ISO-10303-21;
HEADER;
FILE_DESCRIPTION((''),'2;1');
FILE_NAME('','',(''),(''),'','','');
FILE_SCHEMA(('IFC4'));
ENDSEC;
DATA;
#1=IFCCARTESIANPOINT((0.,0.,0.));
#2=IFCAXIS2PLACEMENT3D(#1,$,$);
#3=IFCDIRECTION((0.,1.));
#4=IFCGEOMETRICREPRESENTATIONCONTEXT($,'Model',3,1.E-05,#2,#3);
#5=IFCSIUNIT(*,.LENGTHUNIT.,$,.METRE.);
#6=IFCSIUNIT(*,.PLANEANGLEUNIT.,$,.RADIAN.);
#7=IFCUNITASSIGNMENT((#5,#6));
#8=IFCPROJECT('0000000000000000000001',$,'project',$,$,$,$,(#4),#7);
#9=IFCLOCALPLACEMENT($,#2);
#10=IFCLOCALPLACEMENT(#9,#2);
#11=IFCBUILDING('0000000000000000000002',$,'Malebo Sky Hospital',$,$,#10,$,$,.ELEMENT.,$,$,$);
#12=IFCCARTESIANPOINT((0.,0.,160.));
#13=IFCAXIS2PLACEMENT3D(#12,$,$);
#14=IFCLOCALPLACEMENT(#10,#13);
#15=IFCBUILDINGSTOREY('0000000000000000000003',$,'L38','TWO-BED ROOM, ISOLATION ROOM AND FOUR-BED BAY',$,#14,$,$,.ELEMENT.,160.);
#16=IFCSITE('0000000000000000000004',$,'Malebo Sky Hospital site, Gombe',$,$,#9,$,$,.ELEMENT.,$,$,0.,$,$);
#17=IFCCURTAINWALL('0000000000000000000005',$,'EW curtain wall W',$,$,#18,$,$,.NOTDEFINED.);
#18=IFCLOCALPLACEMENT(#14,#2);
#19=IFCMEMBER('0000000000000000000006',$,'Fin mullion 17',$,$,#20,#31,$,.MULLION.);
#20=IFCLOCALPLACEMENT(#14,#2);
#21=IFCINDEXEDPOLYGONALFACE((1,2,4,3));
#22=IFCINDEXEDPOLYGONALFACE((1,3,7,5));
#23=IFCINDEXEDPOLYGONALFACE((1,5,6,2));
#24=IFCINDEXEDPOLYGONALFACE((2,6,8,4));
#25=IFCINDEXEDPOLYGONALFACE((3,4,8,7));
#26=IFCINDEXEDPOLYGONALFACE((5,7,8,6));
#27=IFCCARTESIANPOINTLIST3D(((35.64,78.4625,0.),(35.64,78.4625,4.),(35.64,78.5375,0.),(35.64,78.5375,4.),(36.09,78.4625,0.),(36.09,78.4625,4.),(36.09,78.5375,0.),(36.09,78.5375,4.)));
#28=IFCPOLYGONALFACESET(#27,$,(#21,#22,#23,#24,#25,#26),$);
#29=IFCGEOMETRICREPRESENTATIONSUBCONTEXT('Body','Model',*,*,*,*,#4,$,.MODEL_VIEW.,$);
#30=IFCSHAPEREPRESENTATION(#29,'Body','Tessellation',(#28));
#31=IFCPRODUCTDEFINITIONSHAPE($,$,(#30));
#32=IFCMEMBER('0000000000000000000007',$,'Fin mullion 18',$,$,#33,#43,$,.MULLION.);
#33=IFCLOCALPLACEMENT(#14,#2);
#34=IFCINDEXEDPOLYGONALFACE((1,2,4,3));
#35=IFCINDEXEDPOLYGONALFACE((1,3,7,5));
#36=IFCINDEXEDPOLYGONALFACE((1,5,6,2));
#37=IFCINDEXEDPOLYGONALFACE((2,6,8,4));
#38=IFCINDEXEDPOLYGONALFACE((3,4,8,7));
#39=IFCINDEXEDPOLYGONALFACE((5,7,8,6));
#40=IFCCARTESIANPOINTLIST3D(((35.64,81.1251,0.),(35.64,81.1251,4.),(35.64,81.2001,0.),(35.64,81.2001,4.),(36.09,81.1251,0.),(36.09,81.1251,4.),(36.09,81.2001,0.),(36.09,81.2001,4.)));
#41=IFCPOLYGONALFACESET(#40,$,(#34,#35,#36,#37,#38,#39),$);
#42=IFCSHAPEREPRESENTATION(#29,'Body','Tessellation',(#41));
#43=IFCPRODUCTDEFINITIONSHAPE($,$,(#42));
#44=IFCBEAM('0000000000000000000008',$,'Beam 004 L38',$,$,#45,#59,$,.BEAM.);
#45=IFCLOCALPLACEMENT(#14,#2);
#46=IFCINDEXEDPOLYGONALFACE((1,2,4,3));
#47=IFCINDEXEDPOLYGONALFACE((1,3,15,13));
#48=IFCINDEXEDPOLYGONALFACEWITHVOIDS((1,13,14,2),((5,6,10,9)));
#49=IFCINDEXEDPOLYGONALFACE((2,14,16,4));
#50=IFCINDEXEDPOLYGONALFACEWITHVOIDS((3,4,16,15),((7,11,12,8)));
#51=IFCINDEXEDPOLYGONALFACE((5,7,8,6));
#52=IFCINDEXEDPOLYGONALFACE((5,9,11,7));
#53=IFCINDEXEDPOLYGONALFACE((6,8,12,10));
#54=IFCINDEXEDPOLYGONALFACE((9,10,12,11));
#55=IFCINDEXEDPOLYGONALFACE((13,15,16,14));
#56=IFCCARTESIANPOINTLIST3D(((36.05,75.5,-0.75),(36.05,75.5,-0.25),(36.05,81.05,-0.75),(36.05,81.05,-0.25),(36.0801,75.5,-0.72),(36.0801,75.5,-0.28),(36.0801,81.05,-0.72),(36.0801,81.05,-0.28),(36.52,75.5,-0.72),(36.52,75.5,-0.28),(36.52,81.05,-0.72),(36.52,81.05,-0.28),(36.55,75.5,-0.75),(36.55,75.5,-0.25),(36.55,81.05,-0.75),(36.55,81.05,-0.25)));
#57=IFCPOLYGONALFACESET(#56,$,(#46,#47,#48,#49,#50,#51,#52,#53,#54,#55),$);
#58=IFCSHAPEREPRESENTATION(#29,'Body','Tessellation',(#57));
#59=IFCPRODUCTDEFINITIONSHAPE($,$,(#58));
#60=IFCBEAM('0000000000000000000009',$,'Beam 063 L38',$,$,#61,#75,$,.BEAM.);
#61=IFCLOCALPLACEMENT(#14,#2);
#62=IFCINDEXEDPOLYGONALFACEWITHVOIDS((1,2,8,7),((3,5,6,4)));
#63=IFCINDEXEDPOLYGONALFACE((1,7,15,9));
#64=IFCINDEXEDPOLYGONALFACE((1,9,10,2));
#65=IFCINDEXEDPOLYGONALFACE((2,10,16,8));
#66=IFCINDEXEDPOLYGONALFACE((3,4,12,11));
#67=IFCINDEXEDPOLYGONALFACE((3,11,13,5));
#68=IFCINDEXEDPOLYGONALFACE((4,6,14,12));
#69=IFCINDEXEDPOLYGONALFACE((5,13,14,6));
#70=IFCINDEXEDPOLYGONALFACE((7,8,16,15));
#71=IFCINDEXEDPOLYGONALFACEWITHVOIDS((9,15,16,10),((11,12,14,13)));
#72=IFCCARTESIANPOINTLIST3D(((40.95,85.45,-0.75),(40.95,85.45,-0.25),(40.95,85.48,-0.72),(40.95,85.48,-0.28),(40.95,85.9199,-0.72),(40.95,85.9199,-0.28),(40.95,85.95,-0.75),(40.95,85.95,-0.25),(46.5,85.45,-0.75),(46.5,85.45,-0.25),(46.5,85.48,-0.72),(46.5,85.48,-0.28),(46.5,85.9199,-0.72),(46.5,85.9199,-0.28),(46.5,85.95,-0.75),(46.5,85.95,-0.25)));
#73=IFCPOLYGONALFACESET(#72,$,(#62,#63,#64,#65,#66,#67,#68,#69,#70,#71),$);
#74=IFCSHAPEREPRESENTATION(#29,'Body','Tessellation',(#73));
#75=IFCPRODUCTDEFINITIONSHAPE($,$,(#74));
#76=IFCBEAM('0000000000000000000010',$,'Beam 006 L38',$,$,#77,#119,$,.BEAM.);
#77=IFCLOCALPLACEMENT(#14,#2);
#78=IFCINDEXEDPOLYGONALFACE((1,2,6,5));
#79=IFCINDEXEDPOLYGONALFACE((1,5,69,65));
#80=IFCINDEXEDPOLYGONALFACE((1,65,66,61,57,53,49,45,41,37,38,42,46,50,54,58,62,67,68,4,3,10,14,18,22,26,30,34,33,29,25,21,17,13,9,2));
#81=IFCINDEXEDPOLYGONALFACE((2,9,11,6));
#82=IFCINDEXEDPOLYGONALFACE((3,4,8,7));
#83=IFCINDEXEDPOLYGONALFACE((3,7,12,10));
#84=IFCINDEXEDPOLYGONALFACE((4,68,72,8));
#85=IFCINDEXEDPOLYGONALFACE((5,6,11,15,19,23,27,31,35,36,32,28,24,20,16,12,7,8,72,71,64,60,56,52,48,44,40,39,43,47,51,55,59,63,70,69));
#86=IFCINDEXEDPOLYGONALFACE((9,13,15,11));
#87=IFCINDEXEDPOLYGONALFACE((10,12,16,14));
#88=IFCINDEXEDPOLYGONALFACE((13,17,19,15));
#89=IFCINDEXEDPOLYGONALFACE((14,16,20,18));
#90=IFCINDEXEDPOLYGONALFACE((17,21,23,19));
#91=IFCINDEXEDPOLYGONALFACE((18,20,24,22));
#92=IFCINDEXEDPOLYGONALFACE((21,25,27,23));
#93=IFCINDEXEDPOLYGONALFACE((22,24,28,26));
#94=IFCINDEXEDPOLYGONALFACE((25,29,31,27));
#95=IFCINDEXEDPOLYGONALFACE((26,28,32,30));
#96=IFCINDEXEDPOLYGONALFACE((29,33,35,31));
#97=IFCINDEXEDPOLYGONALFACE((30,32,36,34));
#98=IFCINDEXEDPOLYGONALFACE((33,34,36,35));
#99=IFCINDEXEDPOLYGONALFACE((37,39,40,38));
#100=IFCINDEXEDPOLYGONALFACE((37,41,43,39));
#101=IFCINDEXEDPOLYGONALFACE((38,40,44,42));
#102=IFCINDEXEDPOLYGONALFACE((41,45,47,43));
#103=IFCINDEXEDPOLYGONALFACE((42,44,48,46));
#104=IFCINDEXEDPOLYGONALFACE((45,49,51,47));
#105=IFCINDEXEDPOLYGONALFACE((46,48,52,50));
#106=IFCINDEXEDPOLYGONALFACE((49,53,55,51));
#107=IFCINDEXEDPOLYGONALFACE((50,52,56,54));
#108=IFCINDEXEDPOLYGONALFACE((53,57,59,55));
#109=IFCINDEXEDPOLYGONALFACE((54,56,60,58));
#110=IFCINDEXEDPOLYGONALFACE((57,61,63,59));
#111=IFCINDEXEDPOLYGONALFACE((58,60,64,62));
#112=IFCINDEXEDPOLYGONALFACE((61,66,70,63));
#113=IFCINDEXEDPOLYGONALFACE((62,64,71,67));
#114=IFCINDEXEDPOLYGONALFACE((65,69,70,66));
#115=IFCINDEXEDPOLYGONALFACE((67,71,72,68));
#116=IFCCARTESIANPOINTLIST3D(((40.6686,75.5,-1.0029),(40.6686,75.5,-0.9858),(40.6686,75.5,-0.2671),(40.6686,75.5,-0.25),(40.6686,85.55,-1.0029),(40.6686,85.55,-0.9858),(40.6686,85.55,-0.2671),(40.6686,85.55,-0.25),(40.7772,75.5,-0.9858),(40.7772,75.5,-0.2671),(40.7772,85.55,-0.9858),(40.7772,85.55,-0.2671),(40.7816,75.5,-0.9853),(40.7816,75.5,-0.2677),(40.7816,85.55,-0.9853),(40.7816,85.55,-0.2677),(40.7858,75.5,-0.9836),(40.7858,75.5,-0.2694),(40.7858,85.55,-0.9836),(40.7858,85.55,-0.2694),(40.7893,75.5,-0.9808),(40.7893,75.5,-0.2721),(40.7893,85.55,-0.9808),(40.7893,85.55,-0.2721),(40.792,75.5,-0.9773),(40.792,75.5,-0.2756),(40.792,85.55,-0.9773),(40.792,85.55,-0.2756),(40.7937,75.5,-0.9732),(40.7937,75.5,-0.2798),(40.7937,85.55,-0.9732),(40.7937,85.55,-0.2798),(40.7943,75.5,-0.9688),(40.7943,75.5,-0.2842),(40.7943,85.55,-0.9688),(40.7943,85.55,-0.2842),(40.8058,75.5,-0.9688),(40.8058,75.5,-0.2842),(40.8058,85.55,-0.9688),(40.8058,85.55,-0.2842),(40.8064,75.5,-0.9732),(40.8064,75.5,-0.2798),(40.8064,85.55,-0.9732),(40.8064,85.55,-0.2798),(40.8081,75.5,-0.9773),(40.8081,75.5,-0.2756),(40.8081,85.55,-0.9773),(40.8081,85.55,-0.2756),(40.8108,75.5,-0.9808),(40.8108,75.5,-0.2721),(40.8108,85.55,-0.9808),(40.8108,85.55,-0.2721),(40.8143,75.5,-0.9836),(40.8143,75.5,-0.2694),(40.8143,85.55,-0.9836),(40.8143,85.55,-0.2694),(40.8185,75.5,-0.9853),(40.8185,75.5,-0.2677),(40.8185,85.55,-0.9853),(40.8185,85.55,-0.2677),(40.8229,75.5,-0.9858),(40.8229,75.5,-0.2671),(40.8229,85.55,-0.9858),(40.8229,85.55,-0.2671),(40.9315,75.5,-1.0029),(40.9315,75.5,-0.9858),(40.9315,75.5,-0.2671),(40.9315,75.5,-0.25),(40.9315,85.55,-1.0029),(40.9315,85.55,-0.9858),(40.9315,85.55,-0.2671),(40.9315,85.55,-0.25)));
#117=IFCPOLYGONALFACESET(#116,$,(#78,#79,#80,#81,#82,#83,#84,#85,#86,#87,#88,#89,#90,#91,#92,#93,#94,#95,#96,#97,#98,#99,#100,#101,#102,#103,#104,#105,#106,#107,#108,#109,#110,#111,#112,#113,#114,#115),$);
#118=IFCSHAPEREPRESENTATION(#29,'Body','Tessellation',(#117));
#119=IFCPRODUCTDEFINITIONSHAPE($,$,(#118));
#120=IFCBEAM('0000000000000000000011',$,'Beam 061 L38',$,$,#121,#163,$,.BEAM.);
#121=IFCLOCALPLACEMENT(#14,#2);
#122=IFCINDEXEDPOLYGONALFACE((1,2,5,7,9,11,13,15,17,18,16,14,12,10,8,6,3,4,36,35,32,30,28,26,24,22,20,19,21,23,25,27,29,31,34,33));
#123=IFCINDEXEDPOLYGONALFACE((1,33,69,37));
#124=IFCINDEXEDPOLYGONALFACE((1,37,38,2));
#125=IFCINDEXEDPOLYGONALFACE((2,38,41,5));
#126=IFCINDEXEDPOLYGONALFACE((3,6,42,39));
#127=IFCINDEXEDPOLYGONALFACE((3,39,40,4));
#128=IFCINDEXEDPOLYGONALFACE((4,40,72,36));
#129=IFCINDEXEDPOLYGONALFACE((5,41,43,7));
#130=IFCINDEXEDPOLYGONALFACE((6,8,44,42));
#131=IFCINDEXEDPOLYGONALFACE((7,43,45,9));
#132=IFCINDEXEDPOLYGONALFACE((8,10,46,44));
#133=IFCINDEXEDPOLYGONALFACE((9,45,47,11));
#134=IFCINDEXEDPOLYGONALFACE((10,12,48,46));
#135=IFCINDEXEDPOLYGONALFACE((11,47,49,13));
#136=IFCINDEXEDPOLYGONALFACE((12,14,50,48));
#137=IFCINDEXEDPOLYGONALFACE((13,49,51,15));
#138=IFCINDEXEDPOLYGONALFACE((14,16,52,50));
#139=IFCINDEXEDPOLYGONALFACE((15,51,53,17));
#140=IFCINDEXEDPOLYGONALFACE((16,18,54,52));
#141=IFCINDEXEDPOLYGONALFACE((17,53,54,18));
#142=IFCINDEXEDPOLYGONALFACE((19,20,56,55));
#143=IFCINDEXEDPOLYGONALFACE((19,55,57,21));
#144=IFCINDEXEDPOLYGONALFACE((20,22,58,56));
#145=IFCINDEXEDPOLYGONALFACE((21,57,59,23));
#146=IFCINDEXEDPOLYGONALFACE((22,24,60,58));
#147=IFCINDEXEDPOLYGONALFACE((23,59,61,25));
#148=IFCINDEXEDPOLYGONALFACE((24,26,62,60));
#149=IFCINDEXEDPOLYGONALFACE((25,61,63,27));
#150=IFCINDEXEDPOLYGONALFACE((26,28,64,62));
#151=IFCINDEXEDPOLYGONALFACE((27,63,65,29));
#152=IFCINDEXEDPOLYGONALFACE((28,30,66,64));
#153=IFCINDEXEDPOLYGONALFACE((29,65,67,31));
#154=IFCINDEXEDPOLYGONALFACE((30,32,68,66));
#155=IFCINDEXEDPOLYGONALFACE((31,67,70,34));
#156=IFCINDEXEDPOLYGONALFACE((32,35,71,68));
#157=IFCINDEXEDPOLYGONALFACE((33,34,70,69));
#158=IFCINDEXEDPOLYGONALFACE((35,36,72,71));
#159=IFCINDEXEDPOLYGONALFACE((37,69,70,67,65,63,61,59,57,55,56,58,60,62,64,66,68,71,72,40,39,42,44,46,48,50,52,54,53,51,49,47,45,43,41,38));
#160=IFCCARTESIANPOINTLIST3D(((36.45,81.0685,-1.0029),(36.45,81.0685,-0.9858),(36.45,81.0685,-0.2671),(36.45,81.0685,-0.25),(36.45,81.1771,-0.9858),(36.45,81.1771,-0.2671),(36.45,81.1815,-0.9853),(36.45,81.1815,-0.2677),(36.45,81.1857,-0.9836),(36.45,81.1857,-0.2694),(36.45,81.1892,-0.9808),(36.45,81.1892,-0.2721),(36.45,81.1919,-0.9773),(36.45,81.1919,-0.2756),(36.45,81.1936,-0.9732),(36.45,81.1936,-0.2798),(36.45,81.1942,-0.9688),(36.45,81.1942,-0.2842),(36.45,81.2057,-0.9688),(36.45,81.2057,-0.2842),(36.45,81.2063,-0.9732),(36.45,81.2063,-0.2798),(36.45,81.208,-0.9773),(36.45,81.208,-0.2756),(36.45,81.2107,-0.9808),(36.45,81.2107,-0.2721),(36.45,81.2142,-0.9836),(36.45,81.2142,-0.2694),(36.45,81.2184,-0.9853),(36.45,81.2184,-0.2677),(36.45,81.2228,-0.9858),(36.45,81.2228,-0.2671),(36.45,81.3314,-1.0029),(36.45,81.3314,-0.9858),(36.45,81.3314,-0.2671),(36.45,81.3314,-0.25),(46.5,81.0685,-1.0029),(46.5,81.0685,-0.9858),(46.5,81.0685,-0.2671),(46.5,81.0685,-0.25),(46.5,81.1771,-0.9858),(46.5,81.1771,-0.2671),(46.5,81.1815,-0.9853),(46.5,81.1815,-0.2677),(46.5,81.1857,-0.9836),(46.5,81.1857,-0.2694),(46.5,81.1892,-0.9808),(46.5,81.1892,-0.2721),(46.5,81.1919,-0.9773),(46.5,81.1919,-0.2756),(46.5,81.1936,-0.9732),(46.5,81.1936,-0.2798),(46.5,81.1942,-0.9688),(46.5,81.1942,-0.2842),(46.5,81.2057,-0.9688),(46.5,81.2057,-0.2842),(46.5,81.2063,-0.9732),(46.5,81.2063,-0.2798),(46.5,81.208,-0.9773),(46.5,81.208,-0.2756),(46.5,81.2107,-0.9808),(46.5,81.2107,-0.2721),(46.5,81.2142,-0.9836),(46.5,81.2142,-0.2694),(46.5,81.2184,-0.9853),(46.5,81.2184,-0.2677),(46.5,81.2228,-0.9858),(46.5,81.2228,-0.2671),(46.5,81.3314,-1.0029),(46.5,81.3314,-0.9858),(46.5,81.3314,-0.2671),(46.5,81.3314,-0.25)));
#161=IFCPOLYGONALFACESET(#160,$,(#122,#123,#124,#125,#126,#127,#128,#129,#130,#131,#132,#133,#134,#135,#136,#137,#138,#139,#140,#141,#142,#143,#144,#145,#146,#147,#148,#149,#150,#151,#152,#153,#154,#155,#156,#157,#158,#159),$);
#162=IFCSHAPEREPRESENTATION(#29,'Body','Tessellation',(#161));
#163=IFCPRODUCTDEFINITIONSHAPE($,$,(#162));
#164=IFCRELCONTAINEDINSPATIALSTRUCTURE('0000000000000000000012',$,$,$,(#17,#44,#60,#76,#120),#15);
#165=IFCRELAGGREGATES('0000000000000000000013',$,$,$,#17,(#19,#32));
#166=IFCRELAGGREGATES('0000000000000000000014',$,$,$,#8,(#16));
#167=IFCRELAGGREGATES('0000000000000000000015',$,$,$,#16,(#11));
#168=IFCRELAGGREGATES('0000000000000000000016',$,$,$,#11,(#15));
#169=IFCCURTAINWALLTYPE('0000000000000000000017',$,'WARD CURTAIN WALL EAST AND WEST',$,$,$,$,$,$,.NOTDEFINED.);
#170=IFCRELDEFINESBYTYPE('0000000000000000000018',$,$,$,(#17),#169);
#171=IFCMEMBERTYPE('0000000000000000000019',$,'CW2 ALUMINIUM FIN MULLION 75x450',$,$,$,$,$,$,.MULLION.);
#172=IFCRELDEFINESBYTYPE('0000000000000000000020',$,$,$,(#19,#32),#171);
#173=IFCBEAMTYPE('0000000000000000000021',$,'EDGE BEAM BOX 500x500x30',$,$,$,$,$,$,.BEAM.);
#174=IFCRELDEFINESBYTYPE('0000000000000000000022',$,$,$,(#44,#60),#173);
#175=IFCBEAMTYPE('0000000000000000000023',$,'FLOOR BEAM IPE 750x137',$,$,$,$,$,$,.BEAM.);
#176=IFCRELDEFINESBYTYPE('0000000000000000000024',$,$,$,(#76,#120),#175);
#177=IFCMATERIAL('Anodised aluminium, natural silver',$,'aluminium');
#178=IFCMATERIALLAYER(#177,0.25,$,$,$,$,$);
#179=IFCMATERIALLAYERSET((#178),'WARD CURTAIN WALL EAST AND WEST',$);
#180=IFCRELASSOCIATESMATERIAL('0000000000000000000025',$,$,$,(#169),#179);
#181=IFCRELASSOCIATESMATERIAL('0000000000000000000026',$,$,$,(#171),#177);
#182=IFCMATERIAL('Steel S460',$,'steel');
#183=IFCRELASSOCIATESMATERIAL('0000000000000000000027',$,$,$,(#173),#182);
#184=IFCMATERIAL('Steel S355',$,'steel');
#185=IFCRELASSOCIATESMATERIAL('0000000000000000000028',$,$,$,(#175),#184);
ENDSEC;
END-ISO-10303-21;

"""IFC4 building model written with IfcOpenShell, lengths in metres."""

from ifc_helpers import new_model, si_unit, direction, frame, origin, origin_2d, place, context, subcontext, project, spatial, rectangle, hollow_rectangle, i_section, extrude, material, layer, layer_set, material_profile, profile_set, type_object, element, aggregate, save


model = new_model("IFC4")

# Units and contexts
model_context = context("Model", 3, precision=1e-05, world=origin(), true_north=direction((0.0, 1.0)))
body_context = subcontext(model_context, "Body", "Model", "MODEL_VIEW")
ifc_project = project(units=[si_unit("LENGTHUNIT", "METRE"), si_unit("PLANEANGLEUNIT", "RADIAN")], contexts=[model_context])

# Site, building, storey
site_placement = place(None, origin())
site = spatial("IfcSite", under=ifc_project, at=site_placement, Name="Malebo Sky Hospital site, Gombe", CompositionType="ELEMENT", RefElevation=0.0)
building_placement = place(site_placement, origin())
building = spatial("IfcBuilding", under=site, at=building_placement, Name="Malebo Sky Hospital", CompositionType="ELEMENT")
storey_placement = place(building_placement, frame((0.0, 0.0, 160.0)))
storey = spatial("IfcBuildingStorey", under=building, at=storey_placement, Name="L38", Description="TWO-BED ROOM, ISOLATION ROOM AND FOUR-BED BAY", CompositionType="ELEMENT", Elevation=160.0)

# Shared definitions
ifc_material_1 = material(Name="Steel S460", Category="steel")

# Curtain wall
ifc_material_2 = material(Name="Anodised aluminium, natural silver", Category="aluminium")
ifc_layer_1 = layer(ifc_material_2, 0.25)
ifc_layer_set_1 = layer_set([ifc_layer_1], Name="WARD CURTAIN WALL EAST AND WEST")
curtain_wall_type_1 = type_object("IfcCurtainWallType", Name="WARD CURTAIN WALL EAST AND WEST", PredefinedType="NOTDEFINED", material=ifc_layer_set_1)
curtain_wall_1_placement = place(storey_placement, origin())
curtain_wall_1 = element("IfcCurtainWall", 1, at=curtain_wall_1_placement, inside=storey, type_object=curtain_wall_type_1, Name="EW curtain wall W", PredefinedType="NOTDEFINED")

# Members
ifc_material_profile_1 = material_profile(ifc_material_2, rectangle(XDim=0.075, YDim=0.45, at=origin_2d()), Name="CW2 ALUMINIUM FIN MULLION 75x450")
ifc_profile_set_1 = profile_set([ifc_material_profile_1], Name="Anodised aluminium, natural silver")
member_type_1 = type_object("IfcMemberType", Name="CW2 ALUMINIUM FIN MULLION 75x450", PredefinedType="MULLION", material=ifc_profile_set_1)
member_1_placement = place(storey_placement, frame((35.865, 78.5, 0.0), z_axis=(0.0, 0.0, 1.0), x_axis=(0.0, 1.0, 0.0)))
member_1 = element("IfcMember", 2, at=member_1_placement, type_object=member_type_1, Name="Fin mullion 17", PredefinedType="MULLION", context=body_context, shape_type="SweptSolid", body=[
    extrude(rectangle(XDim=0.075, YDim=0.45, at=origin_2d()), origin(), (0.0, 0.0, 1.0), 4.0),
])
member_2_placement = place(storey_placement, frame((35.865, 81.1626, 0.0), z_axis=(0.0, 0.0, 1.0), x_axis=(0.0, 1.0, 0.0)))
member_2 = element("IfcMember", 3, at=member_2_placement, type_object=member_type_1, Name="Fin mullion 18", PredefinedType="MULLION", context=body_context, shape_type="SweptSolid", body=[
    extrude(rectangle(XDim=0.075, YDim=0.45, at=origin_2d()), origin(), (0.0, 0.0, 1.0), 4.0),
])

# Beams
ifc_material_profile_2 = material_profile(ifc_material_1, hollow_rectangle(XDim=0.5, YDim=0.5, WallThickness=0.03, at=origin_2d()), Name="BOX 500x500x30")
ifc_profile_set_2 = profile_set([ifc_material_profile_2], Name="Steel S460")
beam_type_1 = type_object("IfcBeamType", Name="EDGE BEAM BOX 500x500x30", PredefinedType="BEAM", material=ifc_profile_set_2)
for number, where, z_axis, x_axis, name in (
    (4, (36.3, 75.5, -0.5), (0.0, 1.0, 0.0), (-1.0, 0.0, 0.0), "Beam 004 L38"),
    (5, (40.95, 85.7, -0.5), (1.0, 0.0, 0.0), (0.0, 1.0, 0.0), "Beam 063 L38"),
):
    element("IfcBeam", number, at=place(storey_placement, frame(where, z_axis=z_axis, x_axis=x_axis)), inside=storey, type_object=beam_type_1, Name=name, PredefinedType="BEAM", context=body_context, shape_type="SweptSolid", body=[
        extrude(hollow_rectangle(XDim=0.5, YDim=0.5, WallThickness=0.03, at=origin_2d()), origin(), (0.0, 0.0, 1.0), 5.55),
    ])
ifc_material_3 = material(Name="Steel S355", Category="steel")
ifc_material_profile_3 = material_profile(ifc_material_3, i_section(OverallWidth=0.2629, OverallDepth=0.7529, WebThickness=0.0115, FlangeThickness=0.0171, FilletRadius=0.0171, at=origin_2d()), Name="IPE 750x137")
ifc_profile_set_3 = profile_set([ifc_material_profile_3], Name="Steel S355")
beam_type_2 = type_object("IfcBeamType", Name="FLOOR BEAM IPE 750x137", PredefinedType="BEAM", material=ifc_profile_set_3)
for number, where, z_axis, x_axis, name in (
    (6, (40.8, 75.5, -0.6265), (0.0, 1.0, 0.0), (-1.0, 0.0, 0.0), "Beam 006 L38"),
    (7, (36.45, 81.2, -0.6265), (1.0, 0.0, 0.0), (0.0, 1.0, 0.0), "Beam 061 L38"),
):
    element("IfcBeam", number, at=place(storey_placement, frame(where, z_axis=z_axis, x_axis=x_axis)), inside=storey, type_object=beam_type_2, Name=name, PredefinedType="BEAM", context=body_context, shape_type="SweptSolid", body=[
        extrude(i_section(OverallWidth=0.2629, OverallDepth=0.7529, WebThickness=0.0115, FlangeThickness=0.0171, FilletRadius=0.0171, at=origin_2d()), origin(), (0.0, 0.0, 1.0), 10.05),
    ])

aggregate(curtain_wall_1, [member_1, member_2])

save(model, "model.ifc")
